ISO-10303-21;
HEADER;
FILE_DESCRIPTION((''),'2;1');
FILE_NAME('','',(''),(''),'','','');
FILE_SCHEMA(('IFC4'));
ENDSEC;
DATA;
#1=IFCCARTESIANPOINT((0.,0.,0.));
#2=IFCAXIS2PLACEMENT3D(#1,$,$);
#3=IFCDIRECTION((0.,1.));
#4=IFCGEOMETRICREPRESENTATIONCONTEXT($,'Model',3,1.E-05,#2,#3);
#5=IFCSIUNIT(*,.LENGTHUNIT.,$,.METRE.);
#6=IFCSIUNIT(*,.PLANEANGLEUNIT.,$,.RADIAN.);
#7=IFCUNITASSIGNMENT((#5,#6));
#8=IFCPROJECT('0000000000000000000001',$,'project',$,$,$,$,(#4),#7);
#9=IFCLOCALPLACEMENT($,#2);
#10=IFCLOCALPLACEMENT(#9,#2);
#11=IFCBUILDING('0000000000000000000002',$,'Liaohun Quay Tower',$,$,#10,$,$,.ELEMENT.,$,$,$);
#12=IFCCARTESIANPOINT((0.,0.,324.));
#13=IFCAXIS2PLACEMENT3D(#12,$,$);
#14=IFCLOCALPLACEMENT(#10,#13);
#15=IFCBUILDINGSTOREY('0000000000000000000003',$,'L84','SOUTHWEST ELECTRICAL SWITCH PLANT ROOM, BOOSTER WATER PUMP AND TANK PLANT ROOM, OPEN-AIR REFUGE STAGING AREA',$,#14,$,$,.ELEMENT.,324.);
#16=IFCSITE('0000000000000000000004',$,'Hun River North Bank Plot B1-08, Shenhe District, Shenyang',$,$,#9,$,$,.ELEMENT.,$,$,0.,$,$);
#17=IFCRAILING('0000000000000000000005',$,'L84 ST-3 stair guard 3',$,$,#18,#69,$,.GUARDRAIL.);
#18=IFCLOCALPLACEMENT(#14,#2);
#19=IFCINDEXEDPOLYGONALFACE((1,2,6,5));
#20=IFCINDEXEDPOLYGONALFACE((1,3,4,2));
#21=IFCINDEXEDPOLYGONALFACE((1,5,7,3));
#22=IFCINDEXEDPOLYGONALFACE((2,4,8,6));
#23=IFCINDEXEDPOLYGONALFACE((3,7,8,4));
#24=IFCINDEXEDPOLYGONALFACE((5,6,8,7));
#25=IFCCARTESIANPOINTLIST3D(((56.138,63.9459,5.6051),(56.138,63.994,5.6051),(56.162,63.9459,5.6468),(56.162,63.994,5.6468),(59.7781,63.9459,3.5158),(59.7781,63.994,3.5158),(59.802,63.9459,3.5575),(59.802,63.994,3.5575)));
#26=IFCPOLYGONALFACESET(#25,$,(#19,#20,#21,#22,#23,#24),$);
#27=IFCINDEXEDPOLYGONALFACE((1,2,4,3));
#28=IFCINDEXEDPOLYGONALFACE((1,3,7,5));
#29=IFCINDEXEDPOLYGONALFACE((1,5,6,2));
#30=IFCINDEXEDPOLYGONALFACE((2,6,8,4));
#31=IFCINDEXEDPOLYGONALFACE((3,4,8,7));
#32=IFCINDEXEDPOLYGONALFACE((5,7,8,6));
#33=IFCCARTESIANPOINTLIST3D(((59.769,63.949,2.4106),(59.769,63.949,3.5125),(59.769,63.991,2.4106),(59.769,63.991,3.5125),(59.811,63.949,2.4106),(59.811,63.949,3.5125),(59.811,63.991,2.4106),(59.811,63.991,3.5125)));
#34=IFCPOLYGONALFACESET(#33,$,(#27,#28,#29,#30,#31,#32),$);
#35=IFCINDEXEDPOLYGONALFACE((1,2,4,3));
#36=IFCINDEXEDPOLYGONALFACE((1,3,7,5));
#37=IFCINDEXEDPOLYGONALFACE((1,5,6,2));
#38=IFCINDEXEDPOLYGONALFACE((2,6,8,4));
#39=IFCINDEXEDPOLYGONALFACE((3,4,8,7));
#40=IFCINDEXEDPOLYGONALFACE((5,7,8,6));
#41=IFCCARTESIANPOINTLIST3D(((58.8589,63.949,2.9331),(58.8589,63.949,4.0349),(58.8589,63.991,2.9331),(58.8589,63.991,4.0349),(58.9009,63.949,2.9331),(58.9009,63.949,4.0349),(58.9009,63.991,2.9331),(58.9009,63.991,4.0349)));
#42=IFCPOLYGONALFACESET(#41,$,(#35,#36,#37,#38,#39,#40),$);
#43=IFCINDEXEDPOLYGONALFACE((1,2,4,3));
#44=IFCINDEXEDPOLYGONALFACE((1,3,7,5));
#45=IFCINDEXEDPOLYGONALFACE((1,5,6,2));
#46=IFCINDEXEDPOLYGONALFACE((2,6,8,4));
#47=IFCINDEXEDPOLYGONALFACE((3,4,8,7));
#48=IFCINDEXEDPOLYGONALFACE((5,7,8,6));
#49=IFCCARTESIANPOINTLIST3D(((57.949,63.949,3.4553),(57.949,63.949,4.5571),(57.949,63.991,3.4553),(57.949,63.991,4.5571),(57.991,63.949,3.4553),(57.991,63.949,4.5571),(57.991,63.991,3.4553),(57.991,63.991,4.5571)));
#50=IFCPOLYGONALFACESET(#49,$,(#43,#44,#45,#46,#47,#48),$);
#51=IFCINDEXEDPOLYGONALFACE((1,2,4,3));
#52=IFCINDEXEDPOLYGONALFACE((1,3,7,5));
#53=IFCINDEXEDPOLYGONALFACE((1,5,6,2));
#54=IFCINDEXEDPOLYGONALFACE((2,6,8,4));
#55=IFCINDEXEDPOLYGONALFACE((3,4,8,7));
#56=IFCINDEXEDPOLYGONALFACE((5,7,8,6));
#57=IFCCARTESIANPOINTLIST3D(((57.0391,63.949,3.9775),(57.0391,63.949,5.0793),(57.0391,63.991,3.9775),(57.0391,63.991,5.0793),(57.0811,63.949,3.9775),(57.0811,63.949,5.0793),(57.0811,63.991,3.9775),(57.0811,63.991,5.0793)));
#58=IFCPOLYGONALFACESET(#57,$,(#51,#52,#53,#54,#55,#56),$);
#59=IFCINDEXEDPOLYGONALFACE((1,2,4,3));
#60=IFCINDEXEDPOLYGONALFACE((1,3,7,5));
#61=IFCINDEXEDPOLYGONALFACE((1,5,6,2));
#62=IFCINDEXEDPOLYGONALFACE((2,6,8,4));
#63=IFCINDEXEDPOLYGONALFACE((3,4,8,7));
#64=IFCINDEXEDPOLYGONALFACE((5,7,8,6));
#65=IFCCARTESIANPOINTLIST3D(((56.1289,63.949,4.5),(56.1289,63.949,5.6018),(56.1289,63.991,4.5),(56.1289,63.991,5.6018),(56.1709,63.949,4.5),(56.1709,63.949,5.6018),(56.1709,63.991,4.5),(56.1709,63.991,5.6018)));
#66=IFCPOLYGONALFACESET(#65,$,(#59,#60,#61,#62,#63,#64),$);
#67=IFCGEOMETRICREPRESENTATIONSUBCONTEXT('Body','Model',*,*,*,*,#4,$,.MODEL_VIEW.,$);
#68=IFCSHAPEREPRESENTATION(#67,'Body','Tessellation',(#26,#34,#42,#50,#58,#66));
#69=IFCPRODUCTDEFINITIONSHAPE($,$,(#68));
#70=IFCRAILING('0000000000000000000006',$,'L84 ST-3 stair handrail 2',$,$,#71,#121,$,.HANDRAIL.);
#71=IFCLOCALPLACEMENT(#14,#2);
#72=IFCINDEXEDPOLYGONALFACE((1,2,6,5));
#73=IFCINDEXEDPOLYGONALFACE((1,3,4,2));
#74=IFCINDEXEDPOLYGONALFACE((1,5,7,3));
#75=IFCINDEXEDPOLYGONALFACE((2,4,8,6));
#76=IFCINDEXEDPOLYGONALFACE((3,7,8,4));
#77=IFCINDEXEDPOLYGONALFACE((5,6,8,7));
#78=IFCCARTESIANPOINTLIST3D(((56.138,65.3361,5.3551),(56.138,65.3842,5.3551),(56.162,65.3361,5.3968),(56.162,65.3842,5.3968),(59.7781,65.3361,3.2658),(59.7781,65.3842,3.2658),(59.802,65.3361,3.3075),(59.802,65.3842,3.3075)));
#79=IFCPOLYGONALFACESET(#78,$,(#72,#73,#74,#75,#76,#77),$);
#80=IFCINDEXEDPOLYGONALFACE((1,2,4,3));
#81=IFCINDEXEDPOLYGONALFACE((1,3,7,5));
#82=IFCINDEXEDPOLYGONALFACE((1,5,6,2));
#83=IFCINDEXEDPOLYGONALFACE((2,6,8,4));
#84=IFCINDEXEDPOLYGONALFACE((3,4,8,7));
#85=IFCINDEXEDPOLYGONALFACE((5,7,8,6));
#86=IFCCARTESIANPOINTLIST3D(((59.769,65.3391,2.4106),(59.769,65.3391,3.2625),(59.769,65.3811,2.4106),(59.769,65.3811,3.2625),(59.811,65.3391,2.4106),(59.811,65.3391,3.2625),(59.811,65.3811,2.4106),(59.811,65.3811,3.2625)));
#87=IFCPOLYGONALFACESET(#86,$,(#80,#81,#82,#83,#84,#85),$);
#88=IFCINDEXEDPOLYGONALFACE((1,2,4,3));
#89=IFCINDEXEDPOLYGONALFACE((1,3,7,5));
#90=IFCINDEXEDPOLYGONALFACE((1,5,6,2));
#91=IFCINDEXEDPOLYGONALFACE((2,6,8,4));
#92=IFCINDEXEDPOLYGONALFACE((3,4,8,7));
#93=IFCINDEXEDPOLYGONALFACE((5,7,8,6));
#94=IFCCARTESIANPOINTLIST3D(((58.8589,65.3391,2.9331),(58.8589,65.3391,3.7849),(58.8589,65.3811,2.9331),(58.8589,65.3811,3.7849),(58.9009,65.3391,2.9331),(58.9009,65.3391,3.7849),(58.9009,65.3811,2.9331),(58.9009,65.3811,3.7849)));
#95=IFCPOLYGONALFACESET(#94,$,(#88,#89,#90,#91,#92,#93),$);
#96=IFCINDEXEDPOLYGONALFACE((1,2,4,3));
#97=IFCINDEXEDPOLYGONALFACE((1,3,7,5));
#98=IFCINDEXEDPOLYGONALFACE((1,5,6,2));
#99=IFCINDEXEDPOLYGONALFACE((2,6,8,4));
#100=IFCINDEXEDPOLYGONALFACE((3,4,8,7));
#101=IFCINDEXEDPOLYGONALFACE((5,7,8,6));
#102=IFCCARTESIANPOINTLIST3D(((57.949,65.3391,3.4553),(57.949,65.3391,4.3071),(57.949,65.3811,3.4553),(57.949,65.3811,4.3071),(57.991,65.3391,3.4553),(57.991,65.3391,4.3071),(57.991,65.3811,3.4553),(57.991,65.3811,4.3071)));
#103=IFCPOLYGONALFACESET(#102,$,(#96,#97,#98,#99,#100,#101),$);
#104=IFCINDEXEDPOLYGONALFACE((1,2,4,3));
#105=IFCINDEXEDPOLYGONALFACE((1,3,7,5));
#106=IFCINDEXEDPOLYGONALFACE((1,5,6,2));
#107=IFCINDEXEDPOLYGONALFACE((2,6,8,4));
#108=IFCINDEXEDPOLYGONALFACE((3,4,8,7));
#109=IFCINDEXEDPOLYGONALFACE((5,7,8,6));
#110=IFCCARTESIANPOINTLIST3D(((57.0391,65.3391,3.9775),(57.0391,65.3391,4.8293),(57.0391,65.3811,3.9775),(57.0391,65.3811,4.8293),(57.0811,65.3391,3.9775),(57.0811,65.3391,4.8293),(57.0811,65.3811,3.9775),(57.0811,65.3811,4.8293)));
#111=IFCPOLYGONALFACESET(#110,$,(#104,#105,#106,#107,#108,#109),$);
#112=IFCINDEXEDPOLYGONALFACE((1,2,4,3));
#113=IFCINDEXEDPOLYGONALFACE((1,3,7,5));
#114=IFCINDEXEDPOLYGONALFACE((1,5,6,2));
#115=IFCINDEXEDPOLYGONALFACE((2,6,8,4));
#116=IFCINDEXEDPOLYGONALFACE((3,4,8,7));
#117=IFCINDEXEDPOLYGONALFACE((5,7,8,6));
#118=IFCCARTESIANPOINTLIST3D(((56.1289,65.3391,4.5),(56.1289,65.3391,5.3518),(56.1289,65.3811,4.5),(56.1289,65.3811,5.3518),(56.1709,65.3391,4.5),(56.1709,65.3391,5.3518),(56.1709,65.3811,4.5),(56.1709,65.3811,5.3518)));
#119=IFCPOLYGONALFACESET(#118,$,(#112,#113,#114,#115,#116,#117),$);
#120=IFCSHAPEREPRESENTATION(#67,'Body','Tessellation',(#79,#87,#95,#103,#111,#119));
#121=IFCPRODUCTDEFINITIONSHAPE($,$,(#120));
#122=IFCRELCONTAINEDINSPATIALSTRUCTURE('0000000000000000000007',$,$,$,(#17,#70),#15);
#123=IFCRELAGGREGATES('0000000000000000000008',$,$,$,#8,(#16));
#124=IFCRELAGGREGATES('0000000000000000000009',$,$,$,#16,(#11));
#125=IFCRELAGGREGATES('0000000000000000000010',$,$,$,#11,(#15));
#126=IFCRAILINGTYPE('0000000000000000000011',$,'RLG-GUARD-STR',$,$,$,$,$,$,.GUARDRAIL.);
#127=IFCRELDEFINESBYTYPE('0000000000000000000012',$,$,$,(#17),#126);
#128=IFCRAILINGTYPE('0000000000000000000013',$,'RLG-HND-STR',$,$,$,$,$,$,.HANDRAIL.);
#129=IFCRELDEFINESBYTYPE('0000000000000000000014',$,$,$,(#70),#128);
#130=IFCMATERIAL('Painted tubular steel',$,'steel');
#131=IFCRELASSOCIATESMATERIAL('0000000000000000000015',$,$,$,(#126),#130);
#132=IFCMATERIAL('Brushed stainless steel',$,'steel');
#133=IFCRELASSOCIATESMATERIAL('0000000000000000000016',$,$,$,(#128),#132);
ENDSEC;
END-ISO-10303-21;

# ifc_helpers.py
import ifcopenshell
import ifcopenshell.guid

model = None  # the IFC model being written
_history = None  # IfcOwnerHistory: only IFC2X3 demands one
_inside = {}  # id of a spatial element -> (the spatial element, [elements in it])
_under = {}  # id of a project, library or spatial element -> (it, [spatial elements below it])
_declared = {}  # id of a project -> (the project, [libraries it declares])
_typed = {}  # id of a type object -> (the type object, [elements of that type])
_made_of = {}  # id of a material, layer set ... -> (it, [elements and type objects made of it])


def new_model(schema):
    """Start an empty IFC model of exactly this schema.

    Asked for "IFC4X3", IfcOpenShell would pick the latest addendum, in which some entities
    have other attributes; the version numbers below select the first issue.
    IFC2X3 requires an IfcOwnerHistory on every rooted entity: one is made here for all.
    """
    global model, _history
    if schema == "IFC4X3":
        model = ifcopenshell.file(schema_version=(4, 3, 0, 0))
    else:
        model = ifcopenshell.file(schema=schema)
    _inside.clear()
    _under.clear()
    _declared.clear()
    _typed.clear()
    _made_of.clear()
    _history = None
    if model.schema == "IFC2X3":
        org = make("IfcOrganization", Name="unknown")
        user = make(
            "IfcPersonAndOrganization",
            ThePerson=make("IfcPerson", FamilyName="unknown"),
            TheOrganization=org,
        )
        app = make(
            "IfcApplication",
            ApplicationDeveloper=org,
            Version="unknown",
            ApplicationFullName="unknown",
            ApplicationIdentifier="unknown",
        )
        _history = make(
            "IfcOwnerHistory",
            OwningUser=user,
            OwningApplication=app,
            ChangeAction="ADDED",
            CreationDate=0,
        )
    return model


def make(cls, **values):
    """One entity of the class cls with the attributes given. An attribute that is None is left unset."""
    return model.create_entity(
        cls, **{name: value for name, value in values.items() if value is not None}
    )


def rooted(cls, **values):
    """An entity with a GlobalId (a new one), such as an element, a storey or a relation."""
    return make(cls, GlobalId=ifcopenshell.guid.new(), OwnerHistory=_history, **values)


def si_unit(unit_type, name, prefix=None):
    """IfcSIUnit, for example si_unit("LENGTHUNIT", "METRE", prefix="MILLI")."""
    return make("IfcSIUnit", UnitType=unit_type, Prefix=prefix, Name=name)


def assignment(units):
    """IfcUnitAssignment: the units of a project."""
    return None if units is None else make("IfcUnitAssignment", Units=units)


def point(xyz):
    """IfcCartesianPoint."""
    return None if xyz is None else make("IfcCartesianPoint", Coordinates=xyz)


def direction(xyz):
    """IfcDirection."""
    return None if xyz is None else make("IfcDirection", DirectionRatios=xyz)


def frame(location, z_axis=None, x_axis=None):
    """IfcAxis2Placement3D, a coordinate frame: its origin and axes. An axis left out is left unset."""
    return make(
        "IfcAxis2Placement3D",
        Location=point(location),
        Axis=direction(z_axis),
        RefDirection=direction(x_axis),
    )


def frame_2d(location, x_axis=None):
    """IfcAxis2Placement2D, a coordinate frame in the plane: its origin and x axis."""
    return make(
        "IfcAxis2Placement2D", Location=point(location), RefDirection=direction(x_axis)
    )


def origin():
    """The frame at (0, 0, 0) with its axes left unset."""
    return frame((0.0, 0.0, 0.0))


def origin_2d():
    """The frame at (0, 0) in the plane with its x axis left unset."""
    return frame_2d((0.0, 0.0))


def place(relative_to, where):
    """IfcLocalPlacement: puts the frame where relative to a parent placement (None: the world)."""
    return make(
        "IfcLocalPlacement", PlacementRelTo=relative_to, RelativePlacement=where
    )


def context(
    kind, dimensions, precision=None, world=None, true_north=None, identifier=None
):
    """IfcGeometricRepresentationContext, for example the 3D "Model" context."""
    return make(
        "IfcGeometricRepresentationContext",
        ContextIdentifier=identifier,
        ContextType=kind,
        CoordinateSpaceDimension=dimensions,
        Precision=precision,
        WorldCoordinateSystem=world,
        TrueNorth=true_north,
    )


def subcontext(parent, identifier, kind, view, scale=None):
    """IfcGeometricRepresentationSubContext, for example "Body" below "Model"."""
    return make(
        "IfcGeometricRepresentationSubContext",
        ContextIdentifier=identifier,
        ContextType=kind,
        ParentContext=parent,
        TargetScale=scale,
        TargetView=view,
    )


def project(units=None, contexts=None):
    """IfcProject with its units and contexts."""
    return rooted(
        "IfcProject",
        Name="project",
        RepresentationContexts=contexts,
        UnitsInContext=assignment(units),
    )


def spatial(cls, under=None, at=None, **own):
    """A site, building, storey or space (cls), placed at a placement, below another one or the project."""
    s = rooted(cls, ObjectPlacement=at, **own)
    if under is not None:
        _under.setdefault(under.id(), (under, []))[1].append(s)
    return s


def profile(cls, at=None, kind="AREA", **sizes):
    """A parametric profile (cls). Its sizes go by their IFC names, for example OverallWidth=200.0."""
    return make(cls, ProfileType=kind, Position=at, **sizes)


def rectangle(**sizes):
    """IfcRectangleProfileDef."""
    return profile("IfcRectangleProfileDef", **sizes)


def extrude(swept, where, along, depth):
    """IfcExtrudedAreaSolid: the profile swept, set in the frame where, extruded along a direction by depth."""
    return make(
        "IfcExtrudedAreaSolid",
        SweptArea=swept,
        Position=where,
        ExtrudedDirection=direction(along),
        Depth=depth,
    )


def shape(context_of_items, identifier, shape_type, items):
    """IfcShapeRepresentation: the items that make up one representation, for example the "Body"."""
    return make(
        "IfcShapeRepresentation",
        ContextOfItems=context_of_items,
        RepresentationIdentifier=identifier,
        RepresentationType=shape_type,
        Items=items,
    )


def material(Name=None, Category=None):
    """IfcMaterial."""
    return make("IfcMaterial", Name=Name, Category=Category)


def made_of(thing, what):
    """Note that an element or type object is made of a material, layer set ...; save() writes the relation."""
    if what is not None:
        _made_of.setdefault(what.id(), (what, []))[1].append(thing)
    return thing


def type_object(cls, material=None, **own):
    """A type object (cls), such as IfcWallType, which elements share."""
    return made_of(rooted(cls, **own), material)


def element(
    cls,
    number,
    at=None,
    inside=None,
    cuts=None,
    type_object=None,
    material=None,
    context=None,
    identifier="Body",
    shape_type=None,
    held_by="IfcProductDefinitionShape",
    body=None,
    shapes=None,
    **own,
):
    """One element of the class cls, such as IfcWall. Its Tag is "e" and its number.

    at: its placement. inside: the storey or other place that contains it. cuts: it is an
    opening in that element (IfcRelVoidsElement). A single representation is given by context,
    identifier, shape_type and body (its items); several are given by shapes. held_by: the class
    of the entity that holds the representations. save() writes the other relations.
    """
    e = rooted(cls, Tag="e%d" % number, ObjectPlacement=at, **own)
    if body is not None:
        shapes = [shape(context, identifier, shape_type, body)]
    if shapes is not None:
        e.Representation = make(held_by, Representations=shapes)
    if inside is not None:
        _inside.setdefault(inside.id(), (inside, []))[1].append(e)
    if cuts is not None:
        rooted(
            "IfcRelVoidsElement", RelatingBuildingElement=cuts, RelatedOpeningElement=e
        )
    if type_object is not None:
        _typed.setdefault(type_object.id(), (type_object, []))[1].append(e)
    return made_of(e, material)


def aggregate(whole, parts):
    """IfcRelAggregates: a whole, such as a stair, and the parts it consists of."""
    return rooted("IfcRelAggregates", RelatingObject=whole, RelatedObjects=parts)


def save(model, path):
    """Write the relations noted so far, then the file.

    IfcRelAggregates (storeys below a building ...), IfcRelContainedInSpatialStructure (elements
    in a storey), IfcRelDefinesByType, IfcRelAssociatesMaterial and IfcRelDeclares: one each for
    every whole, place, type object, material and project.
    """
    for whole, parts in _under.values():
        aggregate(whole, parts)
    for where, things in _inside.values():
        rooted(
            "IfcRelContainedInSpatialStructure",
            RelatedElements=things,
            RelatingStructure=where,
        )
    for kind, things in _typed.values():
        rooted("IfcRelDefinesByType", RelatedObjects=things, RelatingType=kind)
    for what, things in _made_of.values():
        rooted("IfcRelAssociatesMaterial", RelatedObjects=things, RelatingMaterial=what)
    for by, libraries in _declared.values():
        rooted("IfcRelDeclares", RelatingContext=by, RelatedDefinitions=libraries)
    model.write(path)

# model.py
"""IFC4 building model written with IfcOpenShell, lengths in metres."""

from ifc_helpers import new_model, si_unit, direction, frame, origin, origin_2d, place, context, subcontext, project, spatial, rectangle, extrude, material, type_object, element, save


model = new_model("IFC4")

# Units and contexts
model_context = context("Model", 3, precision=1e-05, world=origin(), true_north=direction((0.0, 1.0)))
body_context = subcontext(model_context, "Body", "Model", "MODEL_VIEW")
ifc_project = project(units=[si_unit("LENGTHUNIT", "METRE"), si_unit("PLANEANGLEUNIT", "RADIAN")], contexts=[model_context])

# Site, building, storey
site_placement = place(None, origin())
site = spatial("IfcSite", under=ifc_project, at=site_placement, Name="Hun River North Bank Plot B1-08, Shenhe District, Shenyang", CompositionType="ELEMENT", RefElevation=0.0)
building_placement = place(site_placement, origin())
building = spatial("IfcBuilding", under=site, at=building_placement, Name="Liaohun Quay Tower", CompositionType="ELEMENT")
storey_placement = place(building_placement, frame((0.0, 0.0, 324.0)))
storey = spatial("IfcBuildingStorey", under=building, at=storey_placement, Name="L84", Description="SOUTHWEST ELECTRICAL SWITCH PLANT ROOM, BOOSTER WATER PUMP AND TANK PLANT ROOM, OPEN-AIR REFUGE STAGING AREA", CompositionType="ELEMENT", Elevation=324.0)

# Railings
ifc_material_1 = material(Name="Painted tubular steel", Category="steel")
railing_type_1 = type_object("IfcRailingType", Name="RLG-GUARD-STR", PredefinedType="GUARDRAIL", material=ifc_material_1)
railing_1_placement = place(storey_placement, frame((59.79, 63.97, 2.4106)))
element("IfcRailing", 1, at=railing_1_placement, inside=storey, type_object=railing_type_1, Name="L84 ST-3 stair guard 3", PredefinedType="GUARDRAIL", context=body_context, shape_type="SweptSolid", body=[
    extrude(rectangle(XDim=0.0481, YDim=0.0481, at=origin_2d()), frame((0.0, 0.0, 1.126), z_axis=(-0.867289, 0.0, 0.497804), x_axis=(0.0, -1.0, 0.0)), (0.0, 0.0, 1.0), 4.197),
    extrude(rectangle(XDim=0.042, YDim=0.042, at=origin_2d()), origin(), (0.0, 0.0, 1.0), 1.1018),
    extrude(rectangle(XDim=0.042, YDim=0.042, at=origin_2d()), frame((-0.9102, 0.0, 0.5225)), (0.0, 0.0, 1.0), 1.1018),
    extrude(rectangle(XDim=0.042, YDim=0.042, at=origin_2d()), frame((-1.8201, 0.0, 1.0447)), (0.0, 0.0, 1.0), 1.1018),
    extrude(rectangle(XDim=0.042, YDim=0.042, at=origin_2d()), frame((-2.73, 0.0, 1.5669)), (0.0, 0.0, 1.0), 1.1018),
    extrude(rectangle(XDim=0.042, YDim=0.042, at=origin_2d()), frame((-3.6401, 0.0, 2.0894)), (0.0, 0.0, 1.0), 1.1018),
])
ifc_material_2 = material(Name="Brushed stainless steel", Category="steel")
railing_type_2 = type_object("IfcRailingType", Name="RLG-HND-STR", PredefinedType="HANDRAIL", material=ifc_material_2)
railing_2_placement = place(storey_placement, frame((59.79, 65.3601, 2.4106)))
element("IfcRailing", 2, at=railing_2_placement, inside=storey, type_object=railing_type_2, Name="L84 ST-3 stair handrail 2", PredefinedType="HANDRAIL", context=body_context, shape_type="SweptSolid", body=[
    extrude(rectangle(XDim=0.0481, YDim=0.0481, at=origin_2d()), frame((0.0, 0.0, 0.876), z_axis=(-0.867289, 0.0, 0.497804), x_axis=(0.0, -1.0, 0.0)), (0.0, 0.0, 1.0), 4.197),
    extrude(rectangle(XDim=0.042, YDim=0.042, at=origin_2d()), origin(), (0.0, 0.0, 1.0), 0.8518),
    extrude(rectangle(XDim=0.042, YDim=0.042, at=origin_2d()), frame((-0.9102, 0.0, 0.5225)), (0.0, 0.0, 1.0), 0.8518),
    extrude(rectangle(XDim=0.042, YDim=0.042, at=origin_2d()), frame((-1.8201, 0.0, 1.0447)), (0.0, 0.0, 1.0), 0.8518),
    extrude(rectangle(XDim=0.042, YDim=0.042, at=origin_2d()), frame((-2.73, 0.0, 1.5669)), (0.0, 0.0, 1.0), 0.8518),
    extrude(rectangle(XDim=0.042, YDim=0.042, at=origin_2d()), frame((-3.6401, 0.0, 2.0894)), (0.0, 0.0, 1.0), 0.8518),
])

save(model, "model.ifc")
